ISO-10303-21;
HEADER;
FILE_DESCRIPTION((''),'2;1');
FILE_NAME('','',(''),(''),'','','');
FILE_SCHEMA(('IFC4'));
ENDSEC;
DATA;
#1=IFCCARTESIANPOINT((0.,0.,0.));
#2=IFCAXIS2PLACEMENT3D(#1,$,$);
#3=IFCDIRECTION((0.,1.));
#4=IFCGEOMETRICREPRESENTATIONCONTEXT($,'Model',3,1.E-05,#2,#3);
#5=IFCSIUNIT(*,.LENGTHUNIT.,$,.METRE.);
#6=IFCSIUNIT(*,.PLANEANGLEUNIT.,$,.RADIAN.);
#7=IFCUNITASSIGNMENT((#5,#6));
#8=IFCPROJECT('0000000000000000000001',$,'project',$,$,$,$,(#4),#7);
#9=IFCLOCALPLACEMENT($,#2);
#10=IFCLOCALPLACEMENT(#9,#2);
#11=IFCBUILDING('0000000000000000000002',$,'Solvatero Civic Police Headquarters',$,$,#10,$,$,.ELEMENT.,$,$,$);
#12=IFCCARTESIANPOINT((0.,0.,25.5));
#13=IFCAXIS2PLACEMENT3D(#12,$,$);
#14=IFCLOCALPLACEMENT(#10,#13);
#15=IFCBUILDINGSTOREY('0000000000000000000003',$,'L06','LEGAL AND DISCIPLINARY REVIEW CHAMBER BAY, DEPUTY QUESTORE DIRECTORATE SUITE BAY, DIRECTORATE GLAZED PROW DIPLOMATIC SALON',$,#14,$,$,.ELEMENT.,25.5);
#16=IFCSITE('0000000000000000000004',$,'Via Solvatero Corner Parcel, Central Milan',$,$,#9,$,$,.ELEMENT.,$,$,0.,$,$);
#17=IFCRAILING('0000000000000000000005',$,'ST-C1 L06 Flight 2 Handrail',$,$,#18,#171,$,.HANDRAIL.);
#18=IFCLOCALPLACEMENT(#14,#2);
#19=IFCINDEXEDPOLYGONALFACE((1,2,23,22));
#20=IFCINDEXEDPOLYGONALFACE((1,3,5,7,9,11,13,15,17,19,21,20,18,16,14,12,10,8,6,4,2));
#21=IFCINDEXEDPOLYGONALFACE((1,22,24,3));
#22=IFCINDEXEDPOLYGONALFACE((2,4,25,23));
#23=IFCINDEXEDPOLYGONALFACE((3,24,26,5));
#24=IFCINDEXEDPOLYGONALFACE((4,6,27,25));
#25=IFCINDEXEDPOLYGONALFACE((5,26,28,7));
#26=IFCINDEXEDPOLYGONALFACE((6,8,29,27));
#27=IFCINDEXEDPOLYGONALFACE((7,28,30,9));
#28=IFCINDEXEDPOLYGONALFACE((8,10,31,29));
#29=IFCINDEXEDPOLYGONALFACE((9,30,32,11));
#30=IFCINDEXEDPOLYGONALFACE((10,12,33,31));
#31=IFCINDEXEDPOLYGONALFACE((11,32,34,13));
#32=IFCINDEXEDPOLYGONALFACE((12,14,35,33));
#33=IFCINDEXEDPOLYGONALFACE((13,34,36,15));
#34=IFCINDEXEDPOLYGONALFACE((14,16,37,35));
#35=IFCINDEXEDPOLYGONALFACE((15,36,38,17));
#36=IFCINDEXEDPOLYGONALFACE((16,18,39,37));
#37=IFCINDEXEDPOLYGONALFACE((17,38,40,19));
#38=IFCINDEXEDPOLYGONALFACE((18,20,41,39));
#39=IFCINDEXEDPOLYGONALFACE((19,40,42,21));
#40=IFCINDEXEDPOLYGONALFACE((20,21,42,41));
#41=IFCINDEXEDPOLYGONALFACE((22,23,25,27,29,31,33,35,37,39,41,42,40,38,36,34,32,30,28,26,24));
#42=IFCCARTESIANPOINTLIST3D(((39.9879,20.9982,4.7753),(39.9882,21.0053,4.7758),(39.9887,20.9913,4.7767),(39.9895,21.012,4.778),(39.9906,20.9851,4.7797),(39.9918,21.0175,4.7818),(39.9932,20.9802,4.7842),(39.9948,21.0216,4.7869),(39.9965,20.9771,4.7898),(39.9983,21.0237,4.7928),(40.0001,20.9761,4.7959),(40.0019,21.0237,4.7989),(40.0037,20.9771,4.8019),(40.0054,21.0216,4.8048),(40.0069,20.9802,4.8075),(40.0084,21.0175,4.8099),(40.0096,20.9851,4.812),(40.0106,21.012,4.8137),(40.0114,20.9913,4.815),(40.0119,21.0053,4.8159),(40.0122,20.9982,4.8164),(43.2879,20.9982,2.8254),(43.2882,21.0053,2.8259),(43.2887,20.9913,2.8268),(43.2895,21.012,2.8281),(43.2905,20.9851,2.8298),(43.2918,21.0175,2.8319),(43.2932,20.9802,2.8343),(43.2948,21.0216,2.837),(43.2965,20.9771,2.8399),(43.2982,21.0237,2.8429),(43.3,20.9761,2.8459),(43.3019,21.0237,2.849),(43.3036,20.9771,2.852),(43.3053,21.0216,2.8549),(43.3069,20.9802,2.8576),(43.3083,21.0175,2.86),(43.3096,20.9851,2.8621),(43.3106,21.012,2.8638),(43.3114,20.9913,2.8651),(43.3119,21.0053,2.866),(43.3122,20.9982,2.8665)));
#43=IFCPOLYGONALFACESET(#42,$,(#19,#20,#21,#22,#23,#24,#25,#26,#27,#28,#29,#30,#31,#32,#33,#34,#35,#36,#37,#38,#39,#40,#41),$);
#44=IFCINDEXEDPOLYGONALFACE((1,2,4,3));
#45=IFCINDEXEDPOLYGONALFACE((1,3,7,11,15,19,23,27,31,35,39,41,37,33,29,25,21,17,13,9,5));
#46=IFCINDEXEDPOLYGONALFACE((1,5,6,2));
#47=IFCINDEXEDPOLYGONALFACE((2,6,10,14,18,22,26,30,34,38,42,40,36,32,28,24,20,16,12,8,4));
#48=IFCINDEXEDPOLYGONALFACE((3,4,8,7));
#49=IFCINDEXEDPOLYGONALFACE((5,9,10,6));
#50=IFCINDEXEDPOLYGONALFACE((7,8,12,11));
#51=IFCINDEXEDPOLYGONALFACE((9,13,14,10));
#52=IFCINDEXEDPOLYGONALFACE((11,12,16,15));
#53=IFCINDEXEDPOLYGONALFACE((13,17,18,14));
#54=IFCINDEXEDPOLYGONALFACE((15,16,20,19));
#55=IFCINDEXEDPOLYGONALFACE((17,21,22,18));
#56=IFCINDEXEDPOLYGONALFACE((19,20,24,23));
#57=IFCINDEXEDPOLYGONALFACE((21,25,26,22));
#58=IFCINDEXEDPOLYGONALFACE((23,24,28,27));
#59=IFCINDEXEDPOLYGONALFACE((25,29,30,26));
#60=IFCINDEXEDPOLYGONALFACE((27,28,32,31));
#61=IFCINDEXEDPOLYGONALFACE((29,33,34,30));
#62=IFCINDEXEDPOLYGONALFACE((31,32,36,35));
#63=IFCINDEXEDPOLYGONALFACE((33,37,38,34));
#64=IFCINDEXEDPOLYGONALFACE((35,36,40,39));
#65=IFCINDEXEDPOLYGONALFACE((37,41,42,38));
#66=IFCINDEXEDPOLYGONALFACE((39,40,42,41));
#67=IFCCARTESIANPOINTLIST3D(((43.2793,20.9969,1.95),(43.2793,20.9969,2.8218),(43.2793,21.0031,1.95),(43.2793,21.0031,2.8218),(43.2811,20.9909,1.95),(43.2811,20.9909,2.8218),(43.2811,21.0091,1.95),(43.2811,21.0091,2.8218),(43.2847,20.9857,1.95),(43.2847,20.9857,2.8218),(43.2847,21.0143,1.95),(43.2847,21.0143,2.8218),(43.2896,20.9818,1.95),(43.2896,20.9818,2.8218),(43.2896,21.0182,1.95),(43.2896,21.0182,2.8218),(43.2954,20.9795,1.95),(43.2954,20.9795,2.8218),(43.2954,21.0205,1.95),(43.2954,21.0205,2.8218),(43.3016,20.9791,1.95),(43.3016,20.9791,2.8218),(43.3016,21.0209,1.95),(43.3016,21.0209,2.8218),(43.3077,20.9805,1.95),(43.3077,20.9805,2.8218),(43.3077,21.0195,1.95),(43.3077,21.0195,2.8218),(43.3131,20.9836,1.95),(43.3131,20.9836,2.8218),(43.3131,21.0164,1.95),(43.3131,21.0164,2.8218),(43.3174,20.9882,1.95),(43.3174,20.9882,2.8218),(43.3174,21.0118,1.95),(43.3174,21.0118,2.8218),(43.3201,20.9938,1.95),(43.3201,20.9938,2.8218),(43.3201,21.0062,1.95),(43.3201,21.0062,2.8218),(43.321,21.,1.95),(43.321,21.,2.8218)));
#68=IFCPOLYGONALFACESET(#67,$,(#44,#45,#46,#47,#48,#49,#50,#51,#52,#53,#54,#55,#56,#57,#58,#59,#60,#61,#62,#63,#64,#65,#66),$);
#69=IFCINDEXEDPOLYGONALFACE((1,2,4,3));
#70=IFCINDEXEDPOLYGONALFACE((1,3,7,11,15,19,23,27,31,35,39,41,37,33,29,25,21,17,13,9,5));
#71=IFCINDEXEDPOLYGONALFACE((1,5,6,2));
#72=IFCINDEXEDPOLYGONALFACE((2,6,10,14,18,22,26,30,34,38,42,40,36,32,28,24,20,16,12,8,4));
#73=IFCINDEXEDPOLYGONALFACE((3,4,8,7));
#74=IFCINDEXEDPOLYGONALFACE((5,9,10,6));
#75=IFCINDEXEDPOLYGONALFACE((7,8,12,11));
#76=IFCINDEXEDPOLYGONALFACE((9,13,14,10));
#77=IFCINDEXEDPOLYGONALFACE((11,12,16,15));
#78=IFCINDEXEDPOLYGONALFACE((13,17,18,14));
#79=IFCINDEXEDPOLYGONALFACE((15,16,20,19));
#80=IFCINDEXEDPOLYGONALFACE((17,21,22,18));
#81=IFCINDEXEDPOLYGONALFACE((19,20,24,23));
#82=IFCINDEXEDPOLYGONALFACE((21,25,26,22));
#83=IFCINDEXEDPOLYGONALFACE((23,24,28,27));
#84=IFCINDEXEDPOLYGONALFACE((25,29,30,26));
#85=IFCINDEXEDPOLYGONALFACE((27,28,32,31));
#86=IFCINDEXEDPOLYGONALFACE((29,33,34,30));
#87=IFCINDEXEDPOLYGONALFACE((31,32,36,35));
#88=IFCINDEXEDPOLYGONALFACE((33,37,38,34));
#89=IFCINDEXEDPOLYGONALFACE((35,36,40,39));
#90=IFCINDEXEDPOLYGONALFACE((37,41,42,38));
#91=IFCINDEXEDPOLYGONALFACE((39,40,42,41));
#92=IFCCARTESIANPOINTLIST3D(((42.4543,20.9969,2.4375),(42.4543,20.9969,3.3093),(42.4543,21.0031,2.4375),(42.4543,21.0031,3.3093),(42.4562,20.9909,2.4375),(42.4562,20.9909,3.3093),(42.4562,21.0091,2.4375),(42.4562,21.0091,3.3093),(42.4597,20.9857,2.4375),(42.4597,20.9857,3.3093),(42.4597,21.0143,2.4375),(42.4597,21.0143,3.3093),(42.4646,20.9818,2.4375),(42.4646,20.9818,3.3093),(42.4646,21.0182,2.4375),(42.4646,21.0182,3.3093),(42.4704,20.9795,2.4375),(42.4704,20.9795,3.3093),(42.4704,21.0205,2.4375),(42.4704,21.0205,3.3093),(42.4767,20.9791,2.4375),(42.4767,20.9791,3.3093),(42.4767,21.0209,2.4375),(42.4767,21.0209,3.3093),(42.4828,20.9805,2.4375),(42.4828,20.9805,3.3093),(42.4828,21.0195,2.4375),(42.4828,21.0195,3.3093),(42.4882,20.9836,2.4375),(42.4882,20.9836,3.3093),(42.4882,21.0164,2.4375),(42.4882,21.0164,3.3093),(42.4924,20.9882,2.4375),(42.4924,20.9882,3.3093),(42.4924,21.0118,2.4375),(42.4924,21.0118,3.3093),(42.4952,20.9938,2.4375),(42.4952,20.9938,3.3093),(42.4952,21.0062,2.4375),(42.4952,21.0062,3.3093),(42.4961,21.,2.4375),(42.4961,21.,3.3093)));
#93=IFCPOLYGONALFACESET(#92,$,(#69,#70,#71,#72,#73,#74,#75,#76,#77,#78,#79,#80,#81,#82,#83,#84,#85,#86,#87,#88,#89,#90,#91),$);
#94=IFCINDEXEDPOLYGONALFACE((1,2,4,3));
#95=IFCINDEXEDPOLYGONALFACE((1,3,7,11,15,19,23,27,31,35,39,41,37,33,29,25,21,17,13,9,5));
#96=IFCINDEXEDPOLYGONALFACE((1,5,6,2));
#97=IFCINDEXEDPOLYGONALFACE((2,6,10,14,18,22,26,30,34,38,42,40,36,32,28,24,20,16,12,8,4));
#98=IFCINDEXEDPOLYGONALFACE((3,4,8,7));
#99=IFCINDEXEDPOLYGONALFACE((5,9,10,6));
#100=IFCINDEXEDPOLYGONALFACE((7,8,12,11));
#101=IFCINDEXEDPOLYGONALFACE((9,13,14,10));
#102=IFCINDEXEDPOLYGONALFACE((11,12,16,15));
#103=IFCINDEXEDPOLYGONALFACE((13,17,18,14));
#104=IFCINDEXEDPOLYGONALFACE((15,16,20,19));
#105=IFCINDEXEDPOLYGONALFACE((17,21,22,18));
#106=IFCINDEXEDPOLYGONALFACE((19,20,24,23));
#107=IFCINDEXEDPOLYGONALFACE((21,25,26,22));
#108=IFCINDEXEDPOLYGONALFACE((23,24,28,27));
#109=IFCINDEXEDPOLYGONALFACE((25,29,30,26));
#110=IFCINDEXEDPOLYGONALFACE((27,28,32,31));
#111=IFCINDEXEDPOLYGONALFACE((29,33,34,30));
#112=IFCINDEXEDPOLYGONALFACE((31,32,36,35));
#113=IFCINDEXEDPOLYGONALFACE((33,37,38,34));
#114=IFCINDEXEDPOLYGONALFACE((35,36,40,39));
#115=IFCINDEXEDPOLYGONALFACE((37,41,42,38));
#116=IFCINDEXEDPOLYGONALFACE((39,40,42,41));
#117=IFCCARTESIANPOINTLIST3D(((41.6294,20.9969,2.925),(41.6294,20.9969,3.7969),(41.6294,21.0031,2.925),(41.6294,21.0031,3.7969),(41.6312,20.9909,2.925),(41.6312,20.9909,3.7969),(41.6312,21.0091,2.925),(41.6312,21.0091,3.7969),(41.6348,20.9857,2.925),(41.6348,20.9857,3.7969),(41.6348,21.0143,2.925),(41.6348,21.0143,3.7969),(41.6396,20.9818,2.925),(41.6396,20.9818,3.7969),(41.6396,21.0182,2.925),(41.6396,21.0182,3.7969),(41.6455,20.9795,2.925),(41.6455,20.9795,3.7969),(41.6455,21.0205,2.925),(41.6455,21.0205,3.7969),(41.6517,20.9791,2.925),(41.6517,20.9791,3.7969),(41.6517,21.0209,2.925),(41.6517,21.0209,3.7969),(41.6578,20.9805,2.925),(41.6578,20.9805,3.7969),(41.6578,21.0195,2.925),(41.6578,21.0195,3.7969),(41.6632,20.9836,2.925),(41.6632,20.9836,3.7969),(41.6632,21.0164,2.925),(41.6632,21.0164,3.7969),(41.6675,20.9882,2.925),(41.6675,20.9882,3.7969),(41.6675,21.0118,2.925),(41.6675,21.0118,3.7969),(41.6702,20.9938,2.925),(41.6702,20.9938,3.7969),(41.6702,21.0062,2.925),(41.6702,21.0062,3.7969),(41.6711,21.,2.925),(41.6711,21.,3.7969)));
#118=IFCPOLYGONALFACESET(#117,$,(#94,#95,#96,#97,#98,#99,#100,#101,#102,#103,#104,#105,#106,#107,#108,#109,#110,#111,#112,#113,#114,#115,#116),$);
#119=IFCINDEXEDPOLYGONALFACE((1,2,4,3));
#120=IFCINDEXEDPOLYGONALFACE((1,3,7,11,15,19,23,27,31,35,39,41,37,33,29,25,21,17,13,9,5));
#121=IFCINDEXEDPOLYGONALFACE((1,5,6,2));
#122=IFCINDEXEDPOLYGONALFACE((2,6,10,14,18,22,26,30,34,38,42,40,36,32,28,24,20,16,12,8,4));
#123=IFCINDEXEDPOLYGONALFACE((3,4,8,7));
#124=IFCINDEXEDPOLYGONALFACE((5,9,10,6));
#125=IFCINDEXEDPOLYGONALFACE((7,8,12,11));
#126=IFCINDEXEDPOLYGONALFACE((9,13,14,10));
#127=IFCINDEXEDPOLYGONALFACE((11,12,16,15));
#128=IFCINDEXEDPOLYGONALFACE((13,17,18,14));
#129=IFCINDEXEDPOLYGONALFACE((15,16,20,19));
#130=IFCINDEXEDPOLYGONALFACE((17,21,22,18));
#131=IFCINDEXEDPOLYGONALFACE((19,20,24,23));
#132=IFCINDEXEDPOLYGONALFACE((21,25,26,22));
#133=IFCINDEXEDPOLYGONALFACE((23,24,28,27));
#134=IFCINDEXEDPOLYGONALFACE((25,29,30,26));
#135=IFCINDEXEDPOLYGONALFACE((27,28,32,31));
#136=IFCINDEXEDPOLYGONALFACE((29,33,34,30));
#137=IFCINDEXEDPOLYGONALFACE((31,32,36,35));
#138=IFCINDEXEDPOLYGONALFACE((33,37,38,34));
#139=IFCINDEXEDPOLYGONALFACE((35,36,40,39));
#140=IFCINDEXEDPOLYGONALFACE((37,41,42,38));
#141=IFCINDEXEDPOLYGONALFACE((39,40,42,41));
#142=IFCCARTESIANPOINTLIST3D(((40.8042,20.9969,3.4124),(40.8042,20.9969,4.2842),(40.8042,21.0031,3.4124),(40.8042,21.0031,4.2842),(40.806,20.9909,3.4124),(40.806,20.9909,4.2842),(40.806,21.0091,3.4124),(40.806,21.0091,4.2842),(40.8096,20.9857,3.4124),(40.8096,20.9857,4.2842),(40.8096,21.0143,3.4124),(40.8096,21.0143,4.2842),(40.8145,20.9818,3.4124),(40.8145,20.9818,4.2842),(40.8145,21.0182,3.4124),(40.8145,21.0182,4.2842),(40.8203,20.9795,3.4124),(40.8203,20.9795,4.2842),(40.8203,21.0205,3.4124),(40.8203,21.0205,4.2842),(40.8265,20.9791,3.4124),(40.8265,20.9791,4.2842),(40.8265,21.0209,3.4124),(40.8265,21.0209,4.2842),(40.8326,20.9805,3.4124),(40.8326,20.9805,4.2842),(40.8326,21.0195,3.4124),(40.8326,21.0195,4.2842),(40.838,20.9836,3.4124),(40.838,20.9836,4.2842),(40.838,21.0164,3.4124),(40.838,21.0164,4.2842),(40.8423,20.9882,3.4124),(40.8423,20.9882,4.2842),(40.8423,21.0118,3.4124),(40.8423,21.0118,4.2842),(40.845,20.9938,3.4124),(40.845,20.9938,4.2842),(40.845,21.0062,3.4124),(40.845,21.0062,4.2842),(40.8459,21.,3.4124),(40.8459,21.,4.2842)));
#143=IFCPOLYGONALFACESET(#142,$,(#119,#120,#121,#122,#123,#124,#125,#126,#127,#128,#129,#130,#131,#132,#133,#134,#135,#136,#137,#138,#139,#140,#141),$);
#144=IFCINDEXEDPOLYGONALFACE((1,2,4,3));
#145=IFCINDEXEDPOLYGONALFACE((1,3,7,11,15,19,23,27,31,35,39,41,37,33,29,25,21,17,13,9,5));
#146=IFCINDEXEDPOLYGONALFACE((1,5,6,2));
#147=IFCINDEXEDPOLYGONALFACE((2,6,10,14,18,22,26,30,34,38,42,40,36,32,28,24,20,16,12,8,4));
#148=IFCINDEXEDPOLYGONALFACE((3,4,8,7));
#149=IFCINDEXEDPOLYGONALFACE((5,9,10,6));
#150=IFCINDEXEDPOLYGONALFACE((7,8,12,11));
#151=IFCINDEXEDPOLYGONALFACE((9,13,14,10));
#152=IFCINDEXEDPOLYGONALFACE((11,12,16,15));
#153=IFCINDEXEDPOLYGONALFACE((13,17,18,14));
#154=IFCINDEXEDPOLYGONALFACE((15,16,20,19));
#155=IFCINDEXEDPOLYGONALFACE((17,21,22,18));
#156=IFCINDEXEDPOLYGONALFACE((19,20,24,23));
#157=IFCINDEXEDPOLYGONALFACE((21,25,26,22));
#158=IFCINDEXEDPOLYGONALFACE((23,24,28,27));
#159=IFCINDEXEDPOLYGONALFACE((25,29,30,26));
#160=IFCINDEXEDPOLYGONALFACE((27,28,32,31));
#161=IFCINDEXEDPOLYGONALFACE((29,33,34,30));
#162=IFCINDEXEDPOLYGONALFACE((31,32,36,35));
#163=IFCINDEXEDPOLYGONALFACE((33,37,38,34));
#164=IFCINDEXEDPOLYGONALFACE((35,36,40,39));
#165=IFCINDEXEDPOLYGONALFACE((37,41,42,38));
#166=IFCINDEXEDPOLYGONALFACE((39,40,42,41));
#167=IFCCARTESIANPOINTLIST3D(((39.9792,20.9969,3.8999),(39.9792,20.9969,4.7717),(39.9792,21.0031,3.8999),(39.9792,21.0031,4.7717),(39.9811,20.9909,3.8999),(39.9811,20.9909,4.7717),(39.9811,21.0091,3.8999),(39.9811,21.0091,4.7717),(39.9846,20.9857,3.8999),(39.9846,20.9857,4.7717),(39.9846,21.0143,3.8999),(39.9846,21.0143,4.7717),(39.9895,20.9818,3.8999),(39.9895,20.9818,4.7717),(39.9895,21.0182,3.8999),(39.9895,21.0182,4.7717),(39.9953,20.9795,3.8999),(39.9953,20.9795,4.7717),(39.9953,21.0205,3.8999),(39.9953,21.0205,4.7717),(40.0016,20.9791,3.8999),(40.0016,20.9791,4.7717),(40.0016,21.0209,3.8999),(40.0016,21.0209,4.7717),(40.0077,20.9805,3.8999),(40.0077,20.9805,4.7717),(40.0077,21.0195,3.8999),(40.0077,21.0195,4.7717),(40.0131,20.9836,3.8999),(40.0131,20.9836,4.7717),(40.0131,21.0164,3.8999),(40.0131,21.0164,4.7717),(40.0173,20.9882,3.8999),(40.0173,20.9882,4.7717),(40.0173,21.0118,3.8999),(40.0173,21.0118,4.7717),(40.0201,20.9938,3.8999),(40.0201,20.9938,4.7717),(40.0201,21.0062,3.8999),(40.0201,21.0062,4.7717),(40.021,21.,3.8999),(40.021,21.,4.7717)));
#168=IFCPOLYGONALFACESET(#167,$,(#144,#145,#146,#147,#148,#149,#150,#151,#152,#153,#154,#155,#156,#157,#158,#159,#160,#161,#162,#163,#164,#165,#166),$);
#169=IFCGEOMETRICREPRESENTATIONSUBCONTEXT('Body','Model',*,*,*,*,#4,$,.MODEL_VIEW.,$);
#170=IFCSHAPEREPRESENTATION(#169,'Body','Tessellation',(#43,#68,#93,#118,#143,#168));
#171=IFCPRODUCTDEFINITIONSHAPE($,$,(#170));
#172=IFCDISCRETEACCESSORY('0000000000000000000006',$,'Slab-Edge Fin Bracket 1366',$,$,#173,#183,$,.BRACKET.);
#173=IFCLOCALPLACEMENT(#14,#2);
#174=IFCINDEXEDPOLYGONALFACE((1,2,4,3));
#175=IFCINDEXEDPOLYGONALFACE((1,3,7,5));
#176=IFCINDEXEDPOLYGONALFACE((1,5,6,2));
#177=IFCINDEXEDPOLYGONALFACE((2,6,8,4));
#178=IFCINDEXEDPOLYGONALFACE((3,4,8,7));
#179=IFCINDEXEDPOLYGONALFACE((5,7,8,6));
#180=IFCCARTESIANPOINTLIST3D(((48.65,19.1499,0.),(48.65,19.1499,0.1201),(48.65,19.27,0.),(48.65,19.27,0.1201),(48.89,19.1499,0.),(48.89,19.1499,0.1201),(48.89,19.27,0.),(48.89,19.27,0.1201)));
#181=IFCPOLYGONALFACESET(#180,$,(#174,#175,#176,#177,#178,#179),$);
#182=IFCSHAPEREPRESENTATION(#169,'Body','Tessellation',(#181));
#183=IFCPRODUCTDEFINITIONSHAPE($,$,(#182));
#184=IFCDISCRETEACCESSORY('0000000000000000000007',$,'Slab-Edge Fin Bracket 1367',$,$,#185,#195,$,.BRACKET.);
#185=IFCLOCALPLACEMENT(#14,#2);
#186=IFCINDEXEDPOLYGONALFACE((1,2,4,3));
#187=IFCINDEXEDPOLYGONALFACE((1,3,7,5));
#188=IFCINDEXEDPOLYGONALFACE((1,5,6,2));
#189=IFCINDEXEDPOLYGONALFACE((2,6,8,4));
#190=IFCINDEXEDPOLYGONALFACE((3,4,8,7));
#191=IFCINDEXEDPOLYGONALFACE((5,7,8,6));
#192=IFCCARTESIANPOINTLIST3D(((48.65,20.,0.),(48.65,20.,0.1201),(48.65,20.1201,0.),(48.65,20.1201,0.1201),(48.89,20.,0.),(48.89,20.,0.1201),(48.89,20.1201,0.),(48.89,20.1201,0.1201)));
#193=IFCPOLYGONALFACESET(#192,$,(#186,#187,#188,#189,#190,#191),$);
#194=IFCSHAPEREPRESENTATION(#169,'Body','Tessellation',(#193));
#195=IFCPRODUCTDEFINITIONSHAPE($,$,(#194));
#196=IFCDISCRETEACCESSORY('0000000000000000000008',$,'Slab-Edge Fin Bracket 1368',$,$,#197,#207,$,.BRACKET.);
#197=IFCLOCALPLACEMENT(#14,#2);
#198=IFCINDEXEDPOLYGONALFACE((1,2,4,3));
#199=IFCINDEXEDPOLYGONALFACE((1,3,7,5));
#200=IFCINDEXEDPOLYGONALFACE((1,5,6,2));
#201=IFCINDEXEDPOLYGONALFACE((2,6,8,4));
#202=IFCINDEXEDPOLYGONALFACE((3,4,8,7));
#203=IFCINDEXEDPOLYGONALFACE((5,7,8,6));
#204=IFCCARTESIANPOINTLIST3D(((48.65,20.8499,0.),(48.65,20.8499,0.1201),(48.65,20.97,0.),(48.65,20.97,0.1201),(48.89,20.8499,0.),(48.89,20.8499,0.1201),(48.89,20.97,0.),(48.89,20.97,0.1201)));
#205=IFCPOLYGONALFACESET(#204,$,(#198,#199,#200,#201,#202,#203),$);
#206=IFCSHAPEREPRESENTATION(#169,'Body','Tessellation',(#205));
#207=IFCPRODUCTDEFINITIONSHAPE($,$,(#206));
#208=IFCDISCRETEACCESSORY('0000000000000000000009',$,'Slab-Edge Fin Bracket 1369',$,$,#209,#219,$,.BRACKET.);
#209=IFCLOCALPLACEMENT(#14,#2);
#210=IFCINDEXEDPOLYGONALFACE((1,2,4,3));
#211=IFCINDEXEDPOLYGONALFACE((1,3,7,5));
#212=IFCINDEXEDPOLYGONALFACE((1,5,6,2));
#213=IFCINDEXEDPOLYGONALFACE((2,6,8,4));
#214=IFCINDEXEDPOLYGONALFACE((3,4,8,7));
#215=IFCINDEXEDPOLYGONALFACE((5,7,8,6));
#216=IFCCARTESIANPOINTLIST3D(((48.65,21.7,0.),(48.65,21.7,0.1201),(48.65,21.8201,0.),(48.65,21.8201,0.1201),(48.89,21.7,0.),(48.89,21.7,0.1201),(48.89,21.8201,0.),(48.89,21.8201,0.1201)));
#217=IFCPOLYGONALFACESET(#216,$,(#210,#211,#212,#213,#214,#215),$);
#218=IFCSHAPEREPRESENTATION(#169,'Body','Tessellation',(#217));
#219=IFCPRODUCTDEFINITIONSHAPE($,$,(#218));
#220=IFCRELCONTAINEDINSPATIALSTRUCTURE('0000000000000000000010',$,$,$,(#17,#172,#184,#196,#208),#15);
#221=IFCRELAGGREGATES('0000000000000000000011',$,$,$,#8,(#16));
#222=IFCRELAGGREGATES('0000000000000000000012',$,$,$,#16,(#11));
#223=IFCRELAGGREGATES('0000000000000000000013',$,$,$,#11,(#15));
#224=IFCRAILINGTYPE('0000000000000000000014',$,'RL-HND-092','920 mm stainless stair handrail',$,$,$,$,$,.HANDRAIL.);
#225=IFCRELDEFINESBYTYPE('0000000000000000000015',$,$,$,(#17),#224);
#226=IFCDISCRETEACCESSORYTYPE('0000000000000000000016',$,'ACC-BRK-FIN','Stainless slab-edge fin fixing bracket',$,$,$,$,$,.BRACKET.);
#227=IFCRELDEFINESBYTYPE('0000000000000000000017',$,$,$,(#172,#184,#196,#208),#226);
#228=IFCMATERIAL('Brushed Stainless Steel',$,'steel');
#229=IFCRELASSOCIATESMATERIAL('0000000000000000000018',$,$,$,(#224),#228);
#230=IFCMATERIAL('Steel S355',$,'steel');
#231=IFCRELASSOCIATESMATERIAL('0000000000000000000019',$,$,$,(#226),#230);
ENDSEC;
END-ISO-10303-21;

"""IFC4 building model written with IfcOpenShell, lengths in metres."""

from ifc_helpers import new_model, si_unit, direction, frame, origin, origin_2d, place, context, subcontext, project, spatial, rectangle, circle, extrude, material, type_object, element, save


model = new_model("IFC4")

# Units and contexts
model_context = context("Model", 3, precision=1e-05, world=origin(), true_north=direction((0.0, 1.0)))
body_context = subcontext(model_context, "Body", "Model", "MODEL_VIEW")
ifc_project = project(units=[si_unit("LENGTHUNIT", "METRE"), si_unit("PLANEANGLEUNIT", "RADIAN")], contexts=[model_context])

# Site, building, storey
site_placement = place(None, origin())
site = spatial("IfcSite", under=ifc_project, at=site_placement, Name="Via Solvatero Corner Parcel, Central Milan", CompositionType="ELEMENT", RefElevation=0.0)
building_placement = place(site_placement, origin())
building = spatial("IfcBuilding", under=site, at=building_placement, Name="Solvatero Civic Police Headquarters", CompositionType="ELEMENT")
storey_placement = place(building_placement, frame((0.0, 0.0, 25.5)))
storey = spatial("IfcBuildingStorey", under=building, at=storey_placement, Name="L06", Description="LEGAL AND DISCIPLINARY REVIEW CHAMBER BAY, DEPUTY QUESTORE DIRECTORATE SUITE BAY, DIRECTORATE GLAZED PROW DIPLOMATIC SALON", CompositionType="ELEMENT", Elevation=25.5)

# Shared definitions
ifc_material_1 = material(Name="Steel S355", Category="steel")

# Railing
ifc_material_2 = material(Name="Brushed Stainless Steel", Category="steel")
railing_type_1 = type_object("IfcRailingType", Name="RL-HND-092", Description="920 mm stainless stair handrail", PredefinedType="HANDRAIL", material=ifc_material_2)
railing_1_placement = place(storey_placement, frame((43.3, 21.0, 1.95)))
element("IfcRailing", 1, at=railing_1_placement, inside=storey, type_object=railing_type_1, Name="ST-C1 L06 Flight 2 Handrail", PredefinedType="HANDRAIL", context=body_context, shape_type="SweptSolid", body=[
    extrude(circle(Radius=0.0239, at=origin_2d()), frame((0.0, 0.0, 0.896), z_axis=(-0.860935, 0.0, 0.508714), x_axis=(0.0, -1.0, 0.0)), (0.0, 0.0, 1.0), 3.833),
    extrude(circle(Radius=0.021, at=origin_2d()), origin(), (0.0, 0.0, 1.0), 0.8718),
    extrude(circle(Radius=0.021, at=origin_2d()), frame((-0.825, 0.0, 0.4875)), (0.0, 0.0, 1.0), 0.8718),
    extrude(circle(Radius=0.021, at=origin_2d()), frame((-1.6499, 0.0, 0.9751)), (0.0, 0.0, 1.0), 0.8718),
    extrude(circle(Radius=0.021, at=origin_2d()), frame((-2.4751, 0.0, 1.4624)), (0.0, 0.0, 1.0), 0.8718),
    extrude(circle(Radius=0.021, at=origin_2d()), frame((-3.3, 0.0, 1.95)), (0.0, 0.0, 1.0), 0.8718),
])

# Discrete accessories
discrete_accessory_type = type_object("IfcDiscreteAccessoryType", Name="ACC-BRK-FIN", Description="Stainless slab-edge fin fixing bracket", PredefinedType="BRACKET", material=ifc_material_1)
for number, where, z_axis, x_axis, name in (
    (2, (48.77, 19.21, 0.0), (0.0, 0.0, 1.0), (0.0, 1.0, 0.0), "Slab-Edge Fin Bracket 1366"),
    (3, (48.77, 20.0601, 0.0), (0.0, 0.0, 1.0), (0.0, 1.0, 0.0), "Slab-Edge Fin Bracket 1367"),
    (4, (48.77, 20.9099, 0.0), (0.0, 0.0, 1.0), (0.0, 1.0, 0.0), "Slab-Edge Fin Bracket 1368"),
    (5, (48.77, 21.76, 0.0), (0.0, 0.0, 1.0), (0.0, 1.0, 0.0), "Slab-Edge Fin Bracket 1369"),
):
    element("IfcDiscreteAccessory", number, at=place(storey_placement, frame(where, z_axis=z_axis, x_axis=x_axis)), inside=storey, type_object=discrete_accessory_type, Name=name, PredefinedType="BRACKET", context=body_context, shape_type="SweptSolid", body=[
        extrude(rectangle(XDim=0.1201, YDim=0.24, at=origin_2d()), origin(), (0.0, 0.0, 1.0), 0.1201),
    ])

save(model, "model.ifc")
